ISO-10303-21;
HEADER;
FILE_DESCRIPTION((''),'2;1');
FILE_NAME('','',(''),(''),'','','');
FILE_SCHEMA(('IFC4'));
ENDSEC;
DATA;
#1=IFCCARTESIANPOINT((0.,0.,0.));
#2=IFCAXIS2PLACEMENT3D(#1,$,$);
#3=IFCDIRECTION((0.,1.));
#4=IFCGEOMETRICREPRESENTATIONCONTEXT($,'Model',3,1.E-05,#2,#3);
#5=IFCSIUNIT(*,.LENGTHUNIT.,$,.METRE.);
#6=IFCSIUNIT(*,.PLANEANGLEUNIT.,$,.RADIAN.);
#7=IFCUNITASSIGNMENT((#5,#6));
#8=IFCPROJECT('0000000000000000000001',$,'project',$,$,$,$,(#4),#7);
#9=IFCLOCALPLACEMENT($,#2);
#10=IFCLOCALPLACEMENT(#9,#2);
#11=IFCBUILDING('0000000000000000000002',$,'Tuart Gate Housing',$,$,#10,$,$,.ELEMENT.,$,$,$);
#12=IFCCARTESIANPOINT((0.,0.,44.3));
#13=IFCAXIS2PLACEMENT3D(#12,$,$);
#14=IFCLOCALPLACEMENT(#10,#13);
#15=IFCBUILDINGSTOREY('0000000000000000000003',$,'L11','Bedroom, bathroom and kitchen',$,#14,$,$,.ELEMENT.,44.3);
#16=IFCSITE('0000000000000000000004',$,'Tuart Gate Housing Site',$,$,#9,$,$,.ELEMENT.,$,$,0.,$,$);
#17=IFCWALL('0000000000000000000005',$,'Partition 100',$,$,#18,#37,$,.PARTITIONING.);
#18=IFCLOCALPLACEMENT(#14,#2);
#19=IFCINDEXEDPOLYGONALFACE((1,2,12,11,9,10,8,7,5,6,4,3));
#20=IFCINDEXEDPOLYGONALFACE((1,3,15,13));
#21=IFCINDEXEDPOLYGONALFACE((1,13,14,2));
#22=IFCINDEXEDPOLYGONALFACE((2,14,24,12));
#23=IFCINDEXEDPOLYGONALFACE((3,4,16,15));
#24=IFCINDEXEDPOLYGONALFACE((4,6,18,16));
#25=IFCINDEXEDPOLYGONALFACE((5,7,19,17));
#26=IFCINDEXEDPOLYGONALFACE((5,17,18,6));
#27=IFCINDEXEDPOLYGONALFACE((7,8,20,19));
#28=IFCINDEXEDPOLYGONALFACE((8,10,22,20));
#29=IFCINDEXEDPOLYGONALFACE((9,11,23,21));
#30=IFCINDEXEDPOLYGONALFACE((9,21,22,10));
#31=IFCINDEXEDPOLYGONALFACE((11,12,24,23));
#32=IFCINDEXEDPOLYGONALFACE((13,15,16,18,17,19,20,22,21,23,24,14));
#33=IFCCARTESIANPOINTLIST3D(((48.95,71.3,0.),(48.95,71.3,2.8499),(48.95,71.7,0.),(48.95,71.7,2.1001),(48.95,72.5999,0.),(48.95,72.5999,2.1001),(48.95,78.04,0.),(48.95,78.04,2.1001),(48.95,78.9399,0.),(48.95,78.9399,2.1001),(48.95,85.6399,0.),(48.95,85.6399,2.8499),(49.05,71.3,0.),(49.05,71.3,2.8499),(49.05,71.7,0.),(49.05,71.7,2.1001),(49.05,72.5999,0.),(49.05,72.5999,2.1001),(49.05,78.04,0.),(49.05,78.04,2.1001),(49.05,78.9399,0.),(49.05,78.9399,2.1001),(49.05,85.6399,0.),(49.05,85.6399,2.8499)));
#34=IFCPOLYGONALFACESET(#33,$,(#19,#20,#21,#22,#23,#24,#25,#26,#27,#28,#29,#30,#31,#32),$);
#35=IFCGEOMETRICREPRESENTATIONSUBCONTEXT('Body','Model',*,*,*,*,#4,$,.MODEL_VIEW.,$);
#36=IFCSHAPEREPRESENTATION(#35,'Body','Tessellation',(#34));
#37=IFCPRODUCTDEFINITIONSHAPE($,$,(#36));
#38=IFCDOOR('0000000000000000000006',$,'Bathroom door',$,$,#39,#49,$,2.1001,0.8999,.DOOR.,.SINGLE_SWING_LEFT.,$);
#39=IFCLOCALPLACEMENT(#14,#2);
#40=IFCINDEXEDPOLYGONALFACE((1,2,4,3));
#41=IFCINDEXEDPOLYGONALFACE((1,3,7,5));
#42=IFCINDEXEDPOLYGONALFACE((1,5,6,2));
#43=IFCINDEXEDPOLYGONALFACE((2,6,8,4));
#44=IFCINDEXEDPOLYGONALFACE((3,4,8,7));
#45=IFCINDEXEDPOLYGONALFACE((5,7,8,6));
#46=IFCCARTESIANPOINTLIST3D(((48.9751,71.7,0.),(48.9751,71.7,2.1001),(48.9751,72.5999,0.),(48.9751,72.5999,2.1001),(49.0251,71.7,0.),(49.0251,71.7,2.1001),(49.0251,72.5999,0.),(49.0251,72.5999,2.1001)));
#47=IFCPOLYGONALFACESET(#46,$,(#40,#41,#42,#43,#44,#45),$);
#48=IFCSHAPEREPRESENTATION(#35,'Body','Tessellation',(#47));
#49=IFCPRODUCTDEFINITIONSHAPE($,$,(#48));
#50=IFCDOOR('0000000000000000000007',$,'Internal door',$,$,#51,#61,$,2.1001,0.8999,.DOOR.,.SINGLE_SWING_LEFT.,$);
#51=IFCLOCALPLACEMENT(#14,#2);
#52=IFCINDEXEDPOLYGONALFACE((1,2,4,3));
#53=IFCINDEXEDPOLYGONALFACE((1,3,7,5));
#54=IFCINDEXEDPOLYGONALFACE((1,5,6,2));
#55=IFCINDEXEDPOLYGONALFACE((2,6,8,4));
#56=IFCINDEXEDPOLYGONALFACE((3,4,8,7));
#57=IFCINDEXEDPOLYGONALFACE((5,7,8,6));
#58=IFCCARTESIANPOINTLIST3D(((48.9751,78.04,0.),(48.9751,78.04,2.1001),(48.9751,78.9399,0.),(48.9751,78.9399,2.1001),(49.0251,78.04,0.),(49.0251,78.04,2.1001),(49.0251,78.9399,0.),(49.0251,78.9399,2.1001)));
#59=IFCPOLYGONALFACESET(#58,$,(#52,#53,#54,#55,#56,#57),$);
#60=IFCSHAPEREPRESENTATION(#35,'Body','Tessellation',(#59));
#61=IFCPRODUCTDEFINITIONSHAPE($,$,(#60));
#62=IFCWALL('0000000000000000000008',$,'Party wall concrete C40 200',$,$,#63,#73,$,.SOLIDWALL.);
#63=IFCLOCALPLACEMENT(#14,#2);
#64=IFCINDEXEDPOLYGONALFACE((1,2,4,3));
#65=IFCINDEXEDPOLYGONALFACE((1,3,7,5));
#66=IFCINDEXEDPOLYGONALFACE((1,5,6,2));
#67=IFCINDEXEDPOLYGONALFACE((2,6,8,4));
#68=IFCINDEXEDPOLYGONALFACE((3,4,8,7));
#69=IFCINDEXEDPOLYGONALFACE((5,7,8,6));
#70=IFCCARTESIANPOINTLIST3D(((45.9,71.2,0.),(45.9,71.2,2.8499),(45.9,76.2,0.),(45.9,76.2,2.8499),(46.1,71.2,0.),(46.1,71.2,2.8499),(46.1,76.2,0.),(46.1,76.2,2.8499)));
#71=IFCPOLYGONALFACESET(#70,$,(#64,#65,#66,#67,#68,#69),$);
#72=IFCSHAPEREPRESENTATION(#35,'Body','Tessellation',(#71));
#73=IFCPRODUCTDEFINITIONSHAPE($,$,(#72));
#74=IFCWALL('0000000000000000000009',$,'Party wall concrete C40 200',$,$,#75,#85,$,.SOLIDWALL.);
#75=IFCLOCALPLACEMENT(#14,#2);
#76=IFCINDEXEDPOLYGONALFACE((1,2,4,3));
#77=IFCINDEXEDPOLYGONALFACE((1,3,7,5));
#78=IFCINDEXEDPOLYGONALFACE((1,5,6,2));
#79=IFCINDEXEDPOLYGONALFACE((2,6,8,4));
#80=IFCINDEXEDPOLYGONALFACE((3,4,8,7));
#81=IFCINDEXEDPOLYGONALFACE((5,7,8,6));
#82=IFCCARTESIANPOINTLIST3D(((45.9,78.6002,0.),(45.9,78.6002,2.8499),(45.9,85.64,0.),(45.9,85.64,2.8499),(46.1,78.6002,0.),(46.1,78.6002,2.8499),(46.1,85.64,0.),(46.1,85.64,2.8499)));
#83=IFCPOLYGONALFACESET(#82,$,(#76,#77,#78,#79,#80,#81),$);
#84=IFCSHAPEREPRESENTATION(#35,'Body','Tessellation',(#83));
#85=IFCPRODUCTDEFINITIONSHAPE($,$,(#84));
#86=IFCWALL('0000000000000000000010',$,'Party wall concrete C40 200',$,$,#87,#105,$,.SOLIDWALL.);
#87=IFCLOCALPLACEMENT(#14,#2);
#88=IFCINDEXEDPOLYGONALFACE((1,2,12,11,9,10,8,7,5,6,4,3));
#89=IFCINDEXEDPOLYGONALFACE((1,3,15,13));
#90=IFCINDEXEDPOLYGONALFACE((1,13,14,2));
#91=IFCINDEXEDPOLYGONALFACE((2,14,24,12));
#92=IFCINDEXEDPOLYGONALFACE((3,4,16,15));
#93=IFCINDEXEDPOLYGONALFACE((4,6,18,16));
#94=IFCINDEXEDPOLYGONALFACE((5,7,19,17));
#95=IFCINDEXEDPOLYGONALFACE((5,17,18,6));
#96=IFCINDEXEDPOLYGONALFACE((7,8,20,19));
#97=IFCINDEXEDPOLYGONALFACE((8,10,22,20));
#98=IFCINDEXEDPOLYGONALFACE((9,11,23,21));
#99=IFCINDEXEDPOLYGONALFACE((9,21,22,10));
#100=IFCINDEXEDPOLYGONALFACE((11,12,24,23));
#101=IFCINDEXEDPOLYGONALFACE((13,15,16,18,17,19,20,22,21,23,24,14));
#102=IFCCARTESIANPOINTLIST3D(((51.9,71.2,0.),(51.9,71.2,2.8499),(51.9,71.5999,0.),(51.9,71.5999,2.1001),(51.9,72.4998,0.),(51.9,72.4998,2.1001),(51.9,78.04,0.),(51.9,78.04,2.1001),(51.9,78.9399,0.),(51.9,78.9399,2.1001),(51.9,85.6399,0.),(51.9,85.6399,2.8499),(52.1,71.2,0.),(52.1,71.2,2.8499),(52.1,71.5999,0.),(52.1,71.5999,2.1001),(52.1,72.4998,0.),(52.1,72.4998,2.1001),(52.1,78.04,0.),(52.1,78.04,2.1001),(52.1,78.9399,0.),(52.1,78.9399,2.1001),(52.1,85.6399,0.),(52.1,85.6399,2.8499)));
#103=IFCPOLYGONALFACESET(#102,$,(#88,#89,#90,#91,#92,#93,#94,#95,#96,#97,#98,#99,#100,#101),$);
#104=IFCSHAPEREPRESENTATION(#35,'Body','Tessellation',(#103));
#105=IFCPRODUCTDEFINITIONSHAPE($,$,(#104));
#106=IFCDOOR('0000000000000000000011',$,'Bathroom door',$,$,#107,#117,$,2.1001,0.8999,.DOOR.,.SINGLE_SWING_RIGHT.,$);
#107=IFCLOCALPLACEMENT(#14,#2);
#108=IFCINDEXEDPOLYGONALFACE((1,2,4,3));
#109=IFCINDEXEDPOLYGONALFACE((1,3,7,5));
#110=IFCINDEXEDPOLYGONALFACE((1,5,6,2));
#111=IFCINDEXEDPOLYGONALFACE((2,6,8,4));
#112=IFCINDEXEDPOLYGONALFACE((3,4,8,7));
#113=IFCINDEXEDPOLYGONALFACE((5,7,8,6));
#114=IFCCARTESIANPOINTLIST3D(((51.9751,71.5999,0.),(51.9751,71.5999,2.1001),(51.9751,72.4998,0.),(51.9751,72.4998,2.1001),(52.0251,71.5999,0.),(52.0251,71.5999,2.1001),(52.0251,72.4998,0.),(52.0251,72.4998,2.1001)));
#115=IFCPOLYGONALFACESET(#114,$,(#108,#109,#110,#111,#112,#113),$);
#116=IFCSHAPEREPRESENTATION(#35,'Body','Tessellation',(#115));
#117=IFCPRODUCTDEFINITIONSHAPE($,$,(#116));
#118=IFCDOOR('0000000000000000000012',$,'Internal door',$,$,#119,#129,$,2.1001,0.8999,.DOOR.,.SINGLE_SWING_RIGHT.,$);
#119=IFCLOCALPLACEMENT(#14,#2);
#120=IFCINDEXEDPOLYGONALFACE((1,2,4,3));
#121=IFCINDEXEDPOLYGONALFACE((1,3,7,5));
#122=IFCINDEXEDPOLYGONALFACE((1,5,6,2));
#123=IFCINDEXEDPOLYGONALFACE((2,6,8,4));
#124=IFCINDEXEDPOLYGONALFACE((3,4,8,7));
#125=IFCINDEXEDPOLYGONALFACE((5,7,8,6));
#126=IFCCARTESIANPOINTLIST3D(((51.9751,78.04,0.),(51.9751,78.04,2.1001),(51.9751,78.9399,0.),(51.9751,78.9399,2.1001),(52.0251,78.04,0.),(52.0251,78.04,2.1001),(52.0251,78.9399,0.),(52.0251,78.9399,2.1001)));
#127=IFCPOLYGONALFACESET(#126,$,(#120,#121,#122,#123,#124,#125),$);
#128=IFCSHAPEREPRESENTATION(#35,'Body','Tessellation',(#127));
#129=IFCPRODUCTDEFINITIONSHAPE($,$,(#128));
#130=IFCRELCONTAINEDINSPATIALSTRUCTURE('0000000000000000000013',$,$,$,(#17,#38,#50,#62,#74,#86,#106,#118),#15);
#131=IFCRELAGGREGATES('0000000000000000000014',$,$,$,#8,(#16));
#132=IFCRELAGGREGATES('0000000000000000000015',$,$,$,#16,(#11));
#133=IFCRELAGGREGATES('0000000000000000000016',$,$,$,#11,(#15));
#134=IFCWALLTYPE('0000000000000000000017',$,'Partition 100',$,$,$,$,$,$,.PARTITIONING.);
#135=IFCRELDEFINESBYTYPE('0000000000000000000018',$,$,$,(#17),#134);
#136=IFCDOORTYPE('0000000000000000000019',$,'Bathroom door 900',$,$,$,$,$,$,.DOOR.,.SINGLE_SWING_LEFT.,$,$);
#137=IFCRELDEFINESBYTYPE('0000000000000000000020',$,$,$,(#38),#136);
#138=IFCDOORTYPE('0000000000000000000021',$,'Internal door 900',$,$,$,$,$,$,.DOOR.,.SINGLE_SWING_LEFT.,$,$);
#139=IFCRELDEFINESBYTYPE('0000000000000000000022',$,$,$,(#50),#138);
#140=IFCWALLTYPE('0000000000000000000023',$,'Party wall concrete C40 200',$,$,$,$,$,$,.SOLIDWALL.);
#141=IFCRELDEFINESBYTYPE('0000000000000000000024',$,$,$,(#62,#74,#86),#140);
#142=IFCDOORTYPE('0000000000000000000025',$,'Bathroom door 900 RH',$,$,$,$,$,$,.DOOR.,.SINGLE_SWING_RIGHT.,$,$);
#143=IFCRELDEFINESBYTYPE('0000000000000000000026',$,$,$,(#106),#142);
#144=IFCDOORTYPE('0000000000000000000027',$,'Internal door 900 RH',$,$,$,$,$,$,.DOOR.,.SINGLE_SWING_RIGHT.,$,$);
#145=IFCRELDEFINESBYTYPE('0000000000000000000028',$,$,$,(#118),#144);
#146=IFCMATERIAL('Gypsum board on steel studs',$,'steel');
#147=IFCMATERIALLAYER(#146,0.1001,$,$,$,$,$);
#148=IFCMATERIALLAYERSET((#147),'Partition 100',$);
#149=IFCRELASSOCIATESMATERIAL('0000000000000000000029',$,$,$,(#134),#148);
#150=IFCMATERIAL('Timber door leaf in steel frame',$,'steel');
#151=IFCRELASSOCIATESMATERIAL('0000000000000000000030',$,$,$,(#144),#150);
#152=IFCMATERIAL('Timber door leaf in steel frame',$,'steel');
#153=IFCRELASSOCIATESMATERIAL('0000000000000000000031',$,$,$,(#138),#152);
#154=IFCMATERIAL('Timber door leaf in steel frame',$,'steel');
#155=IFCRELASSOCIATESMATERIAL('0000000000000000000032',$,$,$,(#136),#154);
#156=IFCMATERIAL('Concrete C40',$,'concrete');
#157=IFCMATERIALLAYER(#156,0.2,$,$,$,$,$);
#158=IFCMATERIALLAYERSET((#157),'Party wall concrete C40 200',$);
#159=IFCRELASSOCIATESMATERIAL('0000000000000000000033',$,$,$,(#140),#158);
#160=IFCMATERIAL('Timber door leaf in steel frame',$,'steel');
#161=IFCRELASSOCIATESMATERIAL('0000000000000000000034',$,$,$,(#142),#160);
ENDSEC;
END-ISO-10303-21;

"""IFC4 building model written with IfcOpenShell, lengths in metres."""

from ifc_helpers import new_model, si_unit, direction, frame, frame_2d, origin, place, context, subcontext, project, spatial, rectangle, extrude, material, layer, layer_set, type_object, element, fill, save


model = new_model("IFC4")

# Units and contexts
model_context = context("Model", 3, precision=1e-05, world=origin(), true_north=direction((0.0, 1.0)))
body_context = subcontext(model_context, "Body", "Model", "MODEL_VIEW")
ifc_project = project(units=[si_unit("LENGTHUNIT", "METRE"), si_unit("PLANEANGLEUNIT", "RADIAN")], contexts=[model_context])

# Site, building, storey
site_placement = place(None, origin())
site = spatial("IfcSite", under=ifc_project, at=site_placement, Name="Tuart Gate Housing Site", CompositionType="ELEMENT", RefElevation=0.0)
building_placement = place(site_placement, origin())
building = spatial("IfcBuilding", under=site, at=building_placement, Name="Tuart Gate Housing", CompositionType="ELEMENT")
storey_placement = place(building_placement, frame((0.0, 0.0, 44.3)))
storey = spatial("IfcBuildingStorey", under=building, at=storey_placement, Name="L11", Description="Bedroom, bathroom and kitchen", CompositionType="ELEMENT", Elevation=44.3)

# Shared definitions
ifc_material_1 = material(Name="Gypsum board on steel studs", Category="steel")
ifc_layer_1 = layer(ifc_material_1, 0.1001)
ifc_layer_set_1 = layer_set([ifc_layer_1], Name="Partition 100")
wall_type_1 = type_object("IfcWallType", Name="Partition 100", PredefinedType="PARTITIONING", material=ifc_layer_set_1)

# Shared definitions
ifc_material_2 = material(Name="Timber door leaf in steel frame", Category="steel")
door_type_1 = type_object("IfcDoorType", Name="Internal door 900 RH", OperationType="SINGLE_SWING_RIGHT", PredefinedType="DOOR", material=ifc_material_2)
ifc_material_3 = material(Name="Timber door leaf in steel frame", Category="steel")
door_type_2 = type_object("IfcDoorType", Name="Internal door 900", OperationType="SINGLE_SWING_LEFT", PredefinedType="DOOR", material=ifc_material_3)

# Wall, openings, doors
wall_1_placement = place(storey_placement, frame((49.0, 71.3, 0.0), z_axis=(0.0, 0.0, 1.0), x_axis=(0.0, 1.0, 0.0)))
wall_1 = element("IfcWall", 1, at=wall_1_placement, inside=storey, type_object=wall_type_1, Name="Partition 100", PredefinedType="PARTITIONING", context=body_context, shape_type="SweptSolid", body=[
    extrude(rectangle(XDim=14.3398, YDim=0.1001, at=frame_2d((7.1699, 0.0))), origin(), (0.0, 0.0, 1.0), 2.8499),
])
opening_1_placement = place(wall_1_placement, frame((6.74, 0.0, 0.0)))
opening_1 = element("IfcOpeningElement", 2, at=opening_1_placement, cuts=wall_1, PredefinedType="OPENING", context=body_context, shape_type="SweptSolid", body=[
    extrude(rectangle(XDim=0.8999, YDim=2.1001, at=frame_2d((0.45, 1.05))), frame((0.0, 0.0601, 0.0), z_axis=(0.0, -1.0, 0.0), x_axis=(1.0, 0.0, 0.0)), (0.0, 0.0, 1.0), 0.1201),
])
opening_2_placement = place(wall_1_placement, frame((0.3999, 0.0, 0.0)))
opening_2 = element("IfcOpeningElement", 3, at=opening_2_placement, cuts=wall_1, PredefinedType="OPENING", context=body_context, shape_type="SweptSolid", body=[
    extrude(rectangle(XDim=0.8999, YDim=2.1001, at=frame_2d((0.45, 1.05))), frame((0.0, 0.0601, 0.0), z_axis=(0.0, -1.0, 0.0), x_axis=(1.0, 0.0, 0.0)), (0.0, 0.0, 1.0), 0.1201),
])
ifc_material_4 = material(Name="Timber door leaf in steel frame", Category="steel")
door_type_3 = type_object("IfcDoorType", Name="Bathroom door 900", OperationType="SINGLE_SWING_LEFT", PredefinedType="DOOR", material=ifc_material_4)
door_1_placement = place(opening_2_placement, origin())
door_1 = element("IfcDoor", 4, at=door_1_placement, inside=storey, type_object=door_type_3, Name="Bathroom door", OperationType="SINGLE_SWING_LEFT", OverallHeight=2.1001, OverallWidth=0.8999, PredefinedType="DOOR", context=body_context, shape_type="SweptSolid", body=[
    extrude(rectangle(XDim=0.8999, YDim=2.1001, at=frame_2d((0.45, 1.05))), frame((0.0, 0.0249, 0.0), z_axis=(0.0, -1.0, 0.0), x_axis=(1.0, 0.0, 0.0)), (0.0, 0.0, 1.0), 0.05),
])
fill(opening_2, door_1)
door_2_placement = place(opening_1_placement, origin())
door_2 = element("IfcDoor", 5, at=door_2_placement, inside=storey, type_object=door_type_2, Name="Internal door", OperationType="SINGLE_SWING_LEFT", OverallHeight=2.1001, OverallWidth=0.8999, PredefinedType="DOOR", context=body_context, shape_type="SweptSolid", body=[
    extrude(rectangle(XDim=0.8999, YDim=2.1001, at=frame_2d((0.45, 1.05))), frame((0.0, 0.0249, 0.0), z_axis=(0.0, -1.0, 0.0), x_axis=(1.0, 0.0, 0.0)), (0.0, 0.0, 1.0), 0.05),
])
fill(opening_1, door_2)

# Walls
ifc_material_5 = material(Name="Concrete C40", Category="concrete")
ifc_layer_2 = layer(ifc_material_5, 0.2)
ifc_layer_set_2 = layer_set([ifc_layer_2], Name="Party wall concrete C40 200")
wall_type_2 = type_object("IfcWallType", Name="Party wall concrete C40 200", PredefinedType="SOLIDWALL", material=ifc_layer_set_2)
wall_2_placement = place(storey_placement, frame((46.0, 71.2, 0.0), z_axis=(0.0, 0.0, 1.0), x_axis=(0.0, 1.0, 0.0)))
element("IfcWall", 6, at=wall_2_placement, inside=storey, type_object=wall_type_2, Name="Party wall concrete C40 200", PredefinedType="SOLIDWALL", context=body_context, shape_type="SweptSolid", body=[
    extrude(rectangle(XDim=5.0, YDim=0.2, at=frame_2d((2.5, 0.0))), origin(), (0.0, 0.0, 1.0), 2.8499),
])
wall_3_placement = place(storey_placement, frame((46.0, 78.6001, 0.0), z_axis=(0.0, 0.0, 1.0), x_axis=(0.0, 1.0, 0.0)))
element("IfcWall", 7, at=wall_3_placement, inside=storey, type_object=wall_type_2, Name="Party wall concrete C40 200", PredefinedType="SOLIDWALL", context=body_context, shape_type="SweptSolid", body=[
    extrude(rectangle(XDim=7.0398, YDim=0.2, at=frame_2d((3.52, 0.0))), origin(), (0.0, 0.0, 1.0), 2.8499),
])

# Wall, openings, doors
wall_4_placement = place(storey_placement, frame((52.0, 71.2, 0.0), z_axis=(0.0, 0.0, 1.0), x_axis=(0.0, 1.0, 0.0)))
wall_4 = element("IfcWall", 8, at=wall_4_placement, inside=storey, type_object=wall_type_2, Name="Party wall concrete C40 200", PredefinedType="SOLIDWALL", context=body_context, shape_type="SweptSolid", body=[
    extrude(rectangle(XDim=14.4399, YDim=0.2, at=frame_2d((7.22, 0.0))), origin(), (0.0, 0.0, 1.0), 2.8499),
])
opening_3_placement = place(wall_4_placement, frame((6.8401, 0.0, 0.0)))
opening_3 = element("IfcOpeningElement", 9, at=opening_3_placement, cuts=wall_4, PredefinedType="OPENING", context=body_context, shape_type="SweptSolid", body=[
    extrude(rectangle(XDim=0.8999, YDim=2.1001, at=frame_2d((0.45, 1.05))), frame((0.0, 0.1099, 0.0), z_axis=(0.0, -1.0, 0.0), x_axis=(1.0, 0.0, 0.0)), (0.0, 0.0, 1.0), 0.22),
])
opening_4_placement = place(wall_4_placement, frame((0.3999, 0.0, 0.0)))
opening_4 = element("IfcOpeningElement", 10, at=opening_4_placement, cuts=wall_4, PredefinedType="OPENING", context=body_context, shape_type="SweptSolid", body=[
    extrude(rectangle(XDim=0.8999, YDim=2.1001, at=frame_2d((0.45, 1.05))), frame((0.0, 0.1099, 0.0), z_axis=(0.0, -1.0, 0.0), x_axis=(1.0, 0.0, 0.0)), (0.0, 0.0, 1.0), 0.22),
])
ifc_material_6 = material(Name="Timber door leaf in steel frame", Category="steel")
door_type_4 = type_object("IfcDoorType", Name="Bathroom door 900 RH", OperationType="SINGLE_SWING_RIGHT", PredefinedType="DOOR", material=ifc_material_6)
door_3_placement = place(opening_4_placement, frame((0.8999, 0.0, 0.0), z_axis=(0.0, 0.0, 1.0), x_axis=(-1.0, 0.0, 0.0)))
door_3 = element("IfcDoor", 11, at=door_3_placement, inside=storey, type_object=door_type_4, Name="Bathroom door", OperationType="SINGLE_SWING_RIGHT", OverallHeight=2.1001, OverallWidth=0.8999, PredefinedType="DOOR", context=body_context, shape_type="SweptSolid", body=[
    extrude(rectangle(XDim=0.8999, YDim=2.1001, at=frame_2d((0.45, 1.05))), frame((0.0, 0.0251, 0.0), z_axis=(0.0, -1.0, 0.0), x_axis=(1.0, 0.0, 0.0)), (0.0, 0.0, 1.0), 0.05),
])
fill(opening_4, door_3)
door_4_placement = place(opening_3_placement, frame((0.8999, 0.0, 0.0), z_axis=(0.0, 0.0, 1.0), x_axis=(-1.0, 0.0, 0.0)))
door_4 = element("IfcDoor", 12, at=door_4_placement, inside=storey, type_object=door_type_1, Name="Internal door", OperationType="SINGLE_SWING_RIGHT", OverallHeight=2.1001, OverallWidth=0.8999, PredefinedType="DOOR", context=body_context, shape_type="SweptSolid", body=[
    extrude(rectangle(XDim=0.8999, YDim=2.1001, at=frame_2d((0.45, 1.05))), frame((0.0, 0.0251, 0.0), z_axis=(0.0, -1.0, 0.0), x_axis=(1.0, 0.0, 0.0)), (0.0, 0.0, 1.0), 0.05),
])
fill(opening_3, door_4)

save(model, "model.ifc")
